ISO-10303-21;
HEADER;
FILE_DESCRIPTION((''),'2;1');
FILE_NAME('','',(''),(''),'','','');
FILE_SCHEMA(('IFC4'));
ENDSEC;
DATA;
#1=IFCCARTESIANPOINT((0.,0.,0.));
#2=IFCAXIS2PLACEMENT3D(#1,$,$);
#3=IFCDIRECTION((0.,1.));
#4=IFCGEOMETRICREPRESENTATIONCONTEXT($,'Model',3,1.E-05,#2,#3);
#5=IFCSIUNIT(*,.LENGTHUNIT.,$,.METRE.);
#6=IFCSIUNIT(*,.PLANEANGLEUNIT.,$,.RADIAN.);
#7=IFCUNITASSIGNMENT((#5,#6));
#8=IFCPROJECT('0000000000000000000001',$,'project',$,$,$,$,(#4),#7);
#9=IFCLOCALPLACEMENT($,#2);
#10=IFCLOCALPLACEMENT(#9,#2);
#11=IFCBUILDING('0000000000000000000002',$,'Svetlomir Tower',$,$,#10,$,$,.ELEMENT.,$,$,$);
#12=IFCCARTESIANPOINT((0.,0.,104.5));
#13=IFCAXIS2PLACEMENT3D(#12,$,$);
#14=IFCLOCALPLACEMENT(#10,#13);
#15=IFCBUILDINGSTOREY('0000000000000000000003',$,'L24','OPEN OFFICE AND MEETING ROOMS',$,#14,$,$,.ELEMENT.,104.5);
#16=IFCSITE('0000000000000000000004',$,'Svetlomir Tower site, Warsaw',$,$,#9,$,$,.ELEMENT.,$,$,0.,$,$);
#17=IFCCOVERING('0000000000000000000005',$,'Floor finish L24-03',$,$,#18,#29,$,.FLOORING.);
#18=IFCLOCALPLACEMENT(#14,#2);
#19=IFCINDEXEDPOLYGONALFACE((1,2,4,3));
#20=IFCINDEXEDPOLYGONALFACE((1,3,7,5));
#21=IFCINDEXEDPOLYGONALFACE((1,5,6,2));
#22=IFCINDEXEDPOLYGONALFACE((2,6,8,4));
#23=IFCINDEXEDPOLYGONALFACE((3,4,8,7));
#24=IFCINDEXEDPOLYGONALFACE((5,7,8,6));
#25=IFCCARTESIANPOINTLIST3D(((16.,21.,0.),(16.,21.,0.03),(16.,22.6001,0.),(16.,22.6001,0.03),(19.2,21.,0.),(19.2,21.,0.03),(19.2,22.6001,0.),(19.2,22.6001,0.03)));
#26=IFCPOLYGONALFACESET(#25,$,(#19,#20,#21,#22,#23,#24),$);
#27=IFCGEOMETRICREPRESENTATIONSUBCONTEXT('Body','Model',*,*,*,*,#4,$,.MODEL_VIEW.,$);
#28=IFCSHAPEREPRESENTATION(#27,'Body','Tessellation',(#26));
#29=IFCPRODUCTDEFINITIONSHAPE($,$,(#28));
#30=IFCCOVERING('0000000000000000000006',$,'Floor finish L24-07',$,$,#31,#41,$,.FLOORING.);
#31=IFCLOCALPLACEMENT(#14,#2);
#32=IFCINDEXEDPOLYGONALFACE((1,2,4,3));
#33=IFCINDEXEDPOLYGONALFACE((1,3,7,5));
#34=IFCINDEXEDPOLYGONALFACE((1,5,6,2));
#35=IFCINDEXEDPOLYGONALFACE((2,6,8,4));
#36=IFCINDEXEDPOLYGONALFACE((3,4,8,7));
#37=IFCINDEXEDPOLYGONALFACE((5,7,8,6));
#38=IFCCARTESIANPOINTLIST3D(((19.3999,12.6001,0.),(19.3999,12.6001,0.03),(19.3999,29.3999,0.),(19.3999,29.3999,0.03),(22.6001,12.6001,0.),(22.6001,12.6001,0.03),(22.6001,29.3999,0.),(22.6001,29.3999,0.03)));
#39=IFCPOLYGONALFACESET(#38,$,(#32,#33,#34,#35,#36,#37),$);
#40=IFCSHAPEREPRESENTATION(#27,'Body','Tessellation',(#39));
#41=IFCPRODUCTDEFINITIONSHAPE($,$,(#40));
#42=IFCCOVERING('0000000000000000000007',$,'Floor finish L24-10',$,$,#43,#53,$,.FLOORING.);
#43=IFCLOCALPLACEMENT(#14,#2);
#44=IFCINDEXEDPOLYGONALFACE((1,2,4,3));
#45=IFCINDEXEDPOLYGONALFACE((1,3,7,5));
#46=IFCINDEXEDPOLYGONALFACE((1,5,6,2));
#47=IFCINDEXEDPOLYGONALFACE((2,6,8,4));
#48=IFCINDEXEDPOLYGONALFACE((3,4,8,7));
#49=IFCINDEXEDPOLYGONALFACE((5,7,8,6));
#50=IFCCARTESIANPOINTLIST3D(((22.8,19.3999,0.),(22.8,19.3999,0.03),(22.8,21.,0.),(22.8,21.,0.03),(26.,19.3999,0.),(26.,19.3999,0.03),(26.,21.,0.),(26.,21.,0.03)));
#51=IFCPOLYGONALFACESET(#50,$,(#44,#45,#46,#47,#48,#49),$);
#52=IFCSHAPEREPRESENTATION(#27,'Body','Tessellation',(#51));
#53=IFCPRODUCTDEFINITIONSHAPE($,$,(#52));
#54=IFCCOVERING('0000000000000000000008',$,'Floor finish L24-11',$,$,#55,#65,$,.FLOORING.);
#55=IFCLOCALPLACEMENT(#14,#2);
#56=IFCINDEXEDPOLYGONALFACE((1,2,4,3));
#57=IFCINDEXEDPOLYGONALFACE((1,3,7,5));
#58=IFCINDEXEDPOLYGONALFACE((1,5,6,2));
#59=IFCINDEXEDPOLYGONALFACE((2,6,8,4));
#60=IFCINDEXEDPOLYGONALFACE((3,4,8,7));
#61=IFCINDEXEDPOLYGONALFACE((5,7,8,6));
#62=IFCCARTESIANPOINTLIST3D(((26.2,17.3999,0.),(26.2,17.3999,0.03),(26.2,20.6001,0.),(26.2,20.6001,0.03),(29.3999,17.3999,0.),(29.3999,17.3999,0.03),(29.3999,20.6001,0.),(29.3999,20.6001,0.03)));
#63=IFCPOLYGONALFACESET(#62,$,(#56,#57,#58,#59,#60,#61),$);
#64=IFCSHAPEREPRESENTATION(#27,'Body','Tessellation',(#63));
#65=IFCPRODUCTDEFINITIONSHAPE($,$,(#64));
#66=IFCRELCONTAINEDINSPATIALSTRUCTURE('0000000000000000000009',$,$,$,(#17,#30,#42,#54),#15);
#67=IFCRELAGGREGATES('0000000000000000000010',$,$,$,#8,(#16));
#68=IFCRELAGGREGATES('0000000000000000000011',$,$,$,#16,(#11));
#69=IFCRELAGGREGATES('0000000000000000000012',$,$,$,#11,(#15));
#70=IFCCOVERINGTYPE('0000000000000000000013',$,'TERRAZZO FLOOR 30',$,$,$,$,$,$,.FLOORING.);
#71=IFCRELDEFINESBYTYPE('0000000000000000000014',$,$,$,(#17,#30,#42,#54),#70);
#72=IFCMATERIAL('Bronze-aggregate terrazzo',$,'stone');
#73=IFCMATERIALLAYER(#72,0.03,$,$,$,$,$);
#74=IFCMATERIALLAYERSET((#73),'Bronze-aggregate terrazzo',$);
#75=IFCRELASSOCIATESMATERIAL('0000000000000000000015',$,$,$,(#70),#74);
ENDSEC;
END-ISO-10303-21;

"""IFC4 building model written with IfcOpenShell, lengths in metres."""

from ifc_helpers import new_model, si_unit, direction, frame, origin, place, context, subcontext, project, spatial, polyline, outline, extrude, material, layer, layer_set, type_object, element, save


model = new_model("IFC4")

# Units and contexts
model_context = context("Model", 3, precision=1e-05, world=origin(), true_north=direction((0.0, 1.0)))
body_context = subcontext(model_context, "Body", "Model", "MODEL_VIEW")
ifc_project = project(units=[si_unit("LENGTHUNIT", "METRE"), si_unit("PLANEANGLEUNIT", "RADIAN")], contexts=[model_context])

# Site, building, storey
site_placement = place(None, origin())
site = spatial("IfcSite", under=ifc_project, at=site_placement, Name="Svetlomir Tower site, Warsaw", CompositionType="ELEMENT", RefElevation=0.0)
building_placement = place(site_placement, origin())
building = spatial("IfcBuilding", under=site, at=building_placement, Name="Svetlomir Tower", CompositionType="ELEMENT")
storey_placement = place(building_placement, frame((0.0, 0.0, 104.5)))
storey = spatial("IfcBuildingStorey", under=building, at=storey_placement, Name="L24", Description="OPEN OFFICE AND MEETING ROOMS", CompositionType="ELEMENT", Elevation=104.5)

# Coverings
ifc_material_1 = material(Name="Bronze-aggregate terrazzo", Category="stone")
ifc_layer_1 = layer(ifc_material_1, 0.03)
ifc_layer_set_1 = layer_set([ifc_layer_1], Name="Bronze-aggregate terrazzo")
covering_type_1 = type_object("IfcCoveringType", Name="TERRAZZO FLOOR 30", PredefinedType="FLOORING", material=ifc_layer_set_1)
covering_1_placement = place(storey_placement, origin())
element("IfcCovering", 1, at=covering_1_placement, inside=storey, type_object=covering_type_1, Name="Floor finish L24-03", PredefinedType="FLOORING", context=body_context, shape_type="SweptSolid", body=[
    extrude(outline(polyline([(16.0, 21.0), (19.2, 21.0), (19.2, 22.6001), (16.0, 22.6001), (16.0, 21.0)])), origin(), (0.0, 0.0, 1.0), 0.03),
])
covering_2_placement = place(storey_placement, origin())
element("IfcCovering", 2, at=covering_2_placement, inside=storey, type_object=covering_type_1, Name="Floor finish L24-07", PredefinedType="FLOORING", context=body_context, shape_type="SweptSolid", body=[
    extrude(outline(polyline([(19.3999, 12.6001), (22.6001, 12.6001), (22.6001, 29.3999), (19.3999, 29.3999), (19.3999, 12.6001)])), origin(), (0.0, 0.0, 1.0), 0.03),
])
covering_3_placement = place(storey_placement, origin())
element("IfcCovering", 3, at=covering_3_placement, inside=storey, type_object=covering_type_1, Name="Floor finish L24-10", PredefinedType="FLOORING", context=body_context, shape_type="SweptSolid", body=[
    extrude(outline(polyline([(22.8, 19.3999), (26.0, 19.3999), (26.0, 21.0), (22.8, 21.0), (22.8, 19.3999)])), origin(), (0.0, 0.0, 1.0), 0.03),
])
covering_4_placement = place(storey_placement, origin())
element("IfcCovering", 4, at=covering_4_placement, inside=storey, type_object=covering_type_1, Name="Floor finish L24-11", PredefinedType="FLOORING", context=body_context, shape_type="SweptSolid", body=[
    extrude(outline(polyline([(26.2, 17.3999), (29.3999, 17.3999), (29.3999, 20.6001), (26.2, 20.6001), (26.2, 17.3999)])), origin(), (0.0, 0.0, 1.0), 0.03),
])

save(model, "model.ifc")
